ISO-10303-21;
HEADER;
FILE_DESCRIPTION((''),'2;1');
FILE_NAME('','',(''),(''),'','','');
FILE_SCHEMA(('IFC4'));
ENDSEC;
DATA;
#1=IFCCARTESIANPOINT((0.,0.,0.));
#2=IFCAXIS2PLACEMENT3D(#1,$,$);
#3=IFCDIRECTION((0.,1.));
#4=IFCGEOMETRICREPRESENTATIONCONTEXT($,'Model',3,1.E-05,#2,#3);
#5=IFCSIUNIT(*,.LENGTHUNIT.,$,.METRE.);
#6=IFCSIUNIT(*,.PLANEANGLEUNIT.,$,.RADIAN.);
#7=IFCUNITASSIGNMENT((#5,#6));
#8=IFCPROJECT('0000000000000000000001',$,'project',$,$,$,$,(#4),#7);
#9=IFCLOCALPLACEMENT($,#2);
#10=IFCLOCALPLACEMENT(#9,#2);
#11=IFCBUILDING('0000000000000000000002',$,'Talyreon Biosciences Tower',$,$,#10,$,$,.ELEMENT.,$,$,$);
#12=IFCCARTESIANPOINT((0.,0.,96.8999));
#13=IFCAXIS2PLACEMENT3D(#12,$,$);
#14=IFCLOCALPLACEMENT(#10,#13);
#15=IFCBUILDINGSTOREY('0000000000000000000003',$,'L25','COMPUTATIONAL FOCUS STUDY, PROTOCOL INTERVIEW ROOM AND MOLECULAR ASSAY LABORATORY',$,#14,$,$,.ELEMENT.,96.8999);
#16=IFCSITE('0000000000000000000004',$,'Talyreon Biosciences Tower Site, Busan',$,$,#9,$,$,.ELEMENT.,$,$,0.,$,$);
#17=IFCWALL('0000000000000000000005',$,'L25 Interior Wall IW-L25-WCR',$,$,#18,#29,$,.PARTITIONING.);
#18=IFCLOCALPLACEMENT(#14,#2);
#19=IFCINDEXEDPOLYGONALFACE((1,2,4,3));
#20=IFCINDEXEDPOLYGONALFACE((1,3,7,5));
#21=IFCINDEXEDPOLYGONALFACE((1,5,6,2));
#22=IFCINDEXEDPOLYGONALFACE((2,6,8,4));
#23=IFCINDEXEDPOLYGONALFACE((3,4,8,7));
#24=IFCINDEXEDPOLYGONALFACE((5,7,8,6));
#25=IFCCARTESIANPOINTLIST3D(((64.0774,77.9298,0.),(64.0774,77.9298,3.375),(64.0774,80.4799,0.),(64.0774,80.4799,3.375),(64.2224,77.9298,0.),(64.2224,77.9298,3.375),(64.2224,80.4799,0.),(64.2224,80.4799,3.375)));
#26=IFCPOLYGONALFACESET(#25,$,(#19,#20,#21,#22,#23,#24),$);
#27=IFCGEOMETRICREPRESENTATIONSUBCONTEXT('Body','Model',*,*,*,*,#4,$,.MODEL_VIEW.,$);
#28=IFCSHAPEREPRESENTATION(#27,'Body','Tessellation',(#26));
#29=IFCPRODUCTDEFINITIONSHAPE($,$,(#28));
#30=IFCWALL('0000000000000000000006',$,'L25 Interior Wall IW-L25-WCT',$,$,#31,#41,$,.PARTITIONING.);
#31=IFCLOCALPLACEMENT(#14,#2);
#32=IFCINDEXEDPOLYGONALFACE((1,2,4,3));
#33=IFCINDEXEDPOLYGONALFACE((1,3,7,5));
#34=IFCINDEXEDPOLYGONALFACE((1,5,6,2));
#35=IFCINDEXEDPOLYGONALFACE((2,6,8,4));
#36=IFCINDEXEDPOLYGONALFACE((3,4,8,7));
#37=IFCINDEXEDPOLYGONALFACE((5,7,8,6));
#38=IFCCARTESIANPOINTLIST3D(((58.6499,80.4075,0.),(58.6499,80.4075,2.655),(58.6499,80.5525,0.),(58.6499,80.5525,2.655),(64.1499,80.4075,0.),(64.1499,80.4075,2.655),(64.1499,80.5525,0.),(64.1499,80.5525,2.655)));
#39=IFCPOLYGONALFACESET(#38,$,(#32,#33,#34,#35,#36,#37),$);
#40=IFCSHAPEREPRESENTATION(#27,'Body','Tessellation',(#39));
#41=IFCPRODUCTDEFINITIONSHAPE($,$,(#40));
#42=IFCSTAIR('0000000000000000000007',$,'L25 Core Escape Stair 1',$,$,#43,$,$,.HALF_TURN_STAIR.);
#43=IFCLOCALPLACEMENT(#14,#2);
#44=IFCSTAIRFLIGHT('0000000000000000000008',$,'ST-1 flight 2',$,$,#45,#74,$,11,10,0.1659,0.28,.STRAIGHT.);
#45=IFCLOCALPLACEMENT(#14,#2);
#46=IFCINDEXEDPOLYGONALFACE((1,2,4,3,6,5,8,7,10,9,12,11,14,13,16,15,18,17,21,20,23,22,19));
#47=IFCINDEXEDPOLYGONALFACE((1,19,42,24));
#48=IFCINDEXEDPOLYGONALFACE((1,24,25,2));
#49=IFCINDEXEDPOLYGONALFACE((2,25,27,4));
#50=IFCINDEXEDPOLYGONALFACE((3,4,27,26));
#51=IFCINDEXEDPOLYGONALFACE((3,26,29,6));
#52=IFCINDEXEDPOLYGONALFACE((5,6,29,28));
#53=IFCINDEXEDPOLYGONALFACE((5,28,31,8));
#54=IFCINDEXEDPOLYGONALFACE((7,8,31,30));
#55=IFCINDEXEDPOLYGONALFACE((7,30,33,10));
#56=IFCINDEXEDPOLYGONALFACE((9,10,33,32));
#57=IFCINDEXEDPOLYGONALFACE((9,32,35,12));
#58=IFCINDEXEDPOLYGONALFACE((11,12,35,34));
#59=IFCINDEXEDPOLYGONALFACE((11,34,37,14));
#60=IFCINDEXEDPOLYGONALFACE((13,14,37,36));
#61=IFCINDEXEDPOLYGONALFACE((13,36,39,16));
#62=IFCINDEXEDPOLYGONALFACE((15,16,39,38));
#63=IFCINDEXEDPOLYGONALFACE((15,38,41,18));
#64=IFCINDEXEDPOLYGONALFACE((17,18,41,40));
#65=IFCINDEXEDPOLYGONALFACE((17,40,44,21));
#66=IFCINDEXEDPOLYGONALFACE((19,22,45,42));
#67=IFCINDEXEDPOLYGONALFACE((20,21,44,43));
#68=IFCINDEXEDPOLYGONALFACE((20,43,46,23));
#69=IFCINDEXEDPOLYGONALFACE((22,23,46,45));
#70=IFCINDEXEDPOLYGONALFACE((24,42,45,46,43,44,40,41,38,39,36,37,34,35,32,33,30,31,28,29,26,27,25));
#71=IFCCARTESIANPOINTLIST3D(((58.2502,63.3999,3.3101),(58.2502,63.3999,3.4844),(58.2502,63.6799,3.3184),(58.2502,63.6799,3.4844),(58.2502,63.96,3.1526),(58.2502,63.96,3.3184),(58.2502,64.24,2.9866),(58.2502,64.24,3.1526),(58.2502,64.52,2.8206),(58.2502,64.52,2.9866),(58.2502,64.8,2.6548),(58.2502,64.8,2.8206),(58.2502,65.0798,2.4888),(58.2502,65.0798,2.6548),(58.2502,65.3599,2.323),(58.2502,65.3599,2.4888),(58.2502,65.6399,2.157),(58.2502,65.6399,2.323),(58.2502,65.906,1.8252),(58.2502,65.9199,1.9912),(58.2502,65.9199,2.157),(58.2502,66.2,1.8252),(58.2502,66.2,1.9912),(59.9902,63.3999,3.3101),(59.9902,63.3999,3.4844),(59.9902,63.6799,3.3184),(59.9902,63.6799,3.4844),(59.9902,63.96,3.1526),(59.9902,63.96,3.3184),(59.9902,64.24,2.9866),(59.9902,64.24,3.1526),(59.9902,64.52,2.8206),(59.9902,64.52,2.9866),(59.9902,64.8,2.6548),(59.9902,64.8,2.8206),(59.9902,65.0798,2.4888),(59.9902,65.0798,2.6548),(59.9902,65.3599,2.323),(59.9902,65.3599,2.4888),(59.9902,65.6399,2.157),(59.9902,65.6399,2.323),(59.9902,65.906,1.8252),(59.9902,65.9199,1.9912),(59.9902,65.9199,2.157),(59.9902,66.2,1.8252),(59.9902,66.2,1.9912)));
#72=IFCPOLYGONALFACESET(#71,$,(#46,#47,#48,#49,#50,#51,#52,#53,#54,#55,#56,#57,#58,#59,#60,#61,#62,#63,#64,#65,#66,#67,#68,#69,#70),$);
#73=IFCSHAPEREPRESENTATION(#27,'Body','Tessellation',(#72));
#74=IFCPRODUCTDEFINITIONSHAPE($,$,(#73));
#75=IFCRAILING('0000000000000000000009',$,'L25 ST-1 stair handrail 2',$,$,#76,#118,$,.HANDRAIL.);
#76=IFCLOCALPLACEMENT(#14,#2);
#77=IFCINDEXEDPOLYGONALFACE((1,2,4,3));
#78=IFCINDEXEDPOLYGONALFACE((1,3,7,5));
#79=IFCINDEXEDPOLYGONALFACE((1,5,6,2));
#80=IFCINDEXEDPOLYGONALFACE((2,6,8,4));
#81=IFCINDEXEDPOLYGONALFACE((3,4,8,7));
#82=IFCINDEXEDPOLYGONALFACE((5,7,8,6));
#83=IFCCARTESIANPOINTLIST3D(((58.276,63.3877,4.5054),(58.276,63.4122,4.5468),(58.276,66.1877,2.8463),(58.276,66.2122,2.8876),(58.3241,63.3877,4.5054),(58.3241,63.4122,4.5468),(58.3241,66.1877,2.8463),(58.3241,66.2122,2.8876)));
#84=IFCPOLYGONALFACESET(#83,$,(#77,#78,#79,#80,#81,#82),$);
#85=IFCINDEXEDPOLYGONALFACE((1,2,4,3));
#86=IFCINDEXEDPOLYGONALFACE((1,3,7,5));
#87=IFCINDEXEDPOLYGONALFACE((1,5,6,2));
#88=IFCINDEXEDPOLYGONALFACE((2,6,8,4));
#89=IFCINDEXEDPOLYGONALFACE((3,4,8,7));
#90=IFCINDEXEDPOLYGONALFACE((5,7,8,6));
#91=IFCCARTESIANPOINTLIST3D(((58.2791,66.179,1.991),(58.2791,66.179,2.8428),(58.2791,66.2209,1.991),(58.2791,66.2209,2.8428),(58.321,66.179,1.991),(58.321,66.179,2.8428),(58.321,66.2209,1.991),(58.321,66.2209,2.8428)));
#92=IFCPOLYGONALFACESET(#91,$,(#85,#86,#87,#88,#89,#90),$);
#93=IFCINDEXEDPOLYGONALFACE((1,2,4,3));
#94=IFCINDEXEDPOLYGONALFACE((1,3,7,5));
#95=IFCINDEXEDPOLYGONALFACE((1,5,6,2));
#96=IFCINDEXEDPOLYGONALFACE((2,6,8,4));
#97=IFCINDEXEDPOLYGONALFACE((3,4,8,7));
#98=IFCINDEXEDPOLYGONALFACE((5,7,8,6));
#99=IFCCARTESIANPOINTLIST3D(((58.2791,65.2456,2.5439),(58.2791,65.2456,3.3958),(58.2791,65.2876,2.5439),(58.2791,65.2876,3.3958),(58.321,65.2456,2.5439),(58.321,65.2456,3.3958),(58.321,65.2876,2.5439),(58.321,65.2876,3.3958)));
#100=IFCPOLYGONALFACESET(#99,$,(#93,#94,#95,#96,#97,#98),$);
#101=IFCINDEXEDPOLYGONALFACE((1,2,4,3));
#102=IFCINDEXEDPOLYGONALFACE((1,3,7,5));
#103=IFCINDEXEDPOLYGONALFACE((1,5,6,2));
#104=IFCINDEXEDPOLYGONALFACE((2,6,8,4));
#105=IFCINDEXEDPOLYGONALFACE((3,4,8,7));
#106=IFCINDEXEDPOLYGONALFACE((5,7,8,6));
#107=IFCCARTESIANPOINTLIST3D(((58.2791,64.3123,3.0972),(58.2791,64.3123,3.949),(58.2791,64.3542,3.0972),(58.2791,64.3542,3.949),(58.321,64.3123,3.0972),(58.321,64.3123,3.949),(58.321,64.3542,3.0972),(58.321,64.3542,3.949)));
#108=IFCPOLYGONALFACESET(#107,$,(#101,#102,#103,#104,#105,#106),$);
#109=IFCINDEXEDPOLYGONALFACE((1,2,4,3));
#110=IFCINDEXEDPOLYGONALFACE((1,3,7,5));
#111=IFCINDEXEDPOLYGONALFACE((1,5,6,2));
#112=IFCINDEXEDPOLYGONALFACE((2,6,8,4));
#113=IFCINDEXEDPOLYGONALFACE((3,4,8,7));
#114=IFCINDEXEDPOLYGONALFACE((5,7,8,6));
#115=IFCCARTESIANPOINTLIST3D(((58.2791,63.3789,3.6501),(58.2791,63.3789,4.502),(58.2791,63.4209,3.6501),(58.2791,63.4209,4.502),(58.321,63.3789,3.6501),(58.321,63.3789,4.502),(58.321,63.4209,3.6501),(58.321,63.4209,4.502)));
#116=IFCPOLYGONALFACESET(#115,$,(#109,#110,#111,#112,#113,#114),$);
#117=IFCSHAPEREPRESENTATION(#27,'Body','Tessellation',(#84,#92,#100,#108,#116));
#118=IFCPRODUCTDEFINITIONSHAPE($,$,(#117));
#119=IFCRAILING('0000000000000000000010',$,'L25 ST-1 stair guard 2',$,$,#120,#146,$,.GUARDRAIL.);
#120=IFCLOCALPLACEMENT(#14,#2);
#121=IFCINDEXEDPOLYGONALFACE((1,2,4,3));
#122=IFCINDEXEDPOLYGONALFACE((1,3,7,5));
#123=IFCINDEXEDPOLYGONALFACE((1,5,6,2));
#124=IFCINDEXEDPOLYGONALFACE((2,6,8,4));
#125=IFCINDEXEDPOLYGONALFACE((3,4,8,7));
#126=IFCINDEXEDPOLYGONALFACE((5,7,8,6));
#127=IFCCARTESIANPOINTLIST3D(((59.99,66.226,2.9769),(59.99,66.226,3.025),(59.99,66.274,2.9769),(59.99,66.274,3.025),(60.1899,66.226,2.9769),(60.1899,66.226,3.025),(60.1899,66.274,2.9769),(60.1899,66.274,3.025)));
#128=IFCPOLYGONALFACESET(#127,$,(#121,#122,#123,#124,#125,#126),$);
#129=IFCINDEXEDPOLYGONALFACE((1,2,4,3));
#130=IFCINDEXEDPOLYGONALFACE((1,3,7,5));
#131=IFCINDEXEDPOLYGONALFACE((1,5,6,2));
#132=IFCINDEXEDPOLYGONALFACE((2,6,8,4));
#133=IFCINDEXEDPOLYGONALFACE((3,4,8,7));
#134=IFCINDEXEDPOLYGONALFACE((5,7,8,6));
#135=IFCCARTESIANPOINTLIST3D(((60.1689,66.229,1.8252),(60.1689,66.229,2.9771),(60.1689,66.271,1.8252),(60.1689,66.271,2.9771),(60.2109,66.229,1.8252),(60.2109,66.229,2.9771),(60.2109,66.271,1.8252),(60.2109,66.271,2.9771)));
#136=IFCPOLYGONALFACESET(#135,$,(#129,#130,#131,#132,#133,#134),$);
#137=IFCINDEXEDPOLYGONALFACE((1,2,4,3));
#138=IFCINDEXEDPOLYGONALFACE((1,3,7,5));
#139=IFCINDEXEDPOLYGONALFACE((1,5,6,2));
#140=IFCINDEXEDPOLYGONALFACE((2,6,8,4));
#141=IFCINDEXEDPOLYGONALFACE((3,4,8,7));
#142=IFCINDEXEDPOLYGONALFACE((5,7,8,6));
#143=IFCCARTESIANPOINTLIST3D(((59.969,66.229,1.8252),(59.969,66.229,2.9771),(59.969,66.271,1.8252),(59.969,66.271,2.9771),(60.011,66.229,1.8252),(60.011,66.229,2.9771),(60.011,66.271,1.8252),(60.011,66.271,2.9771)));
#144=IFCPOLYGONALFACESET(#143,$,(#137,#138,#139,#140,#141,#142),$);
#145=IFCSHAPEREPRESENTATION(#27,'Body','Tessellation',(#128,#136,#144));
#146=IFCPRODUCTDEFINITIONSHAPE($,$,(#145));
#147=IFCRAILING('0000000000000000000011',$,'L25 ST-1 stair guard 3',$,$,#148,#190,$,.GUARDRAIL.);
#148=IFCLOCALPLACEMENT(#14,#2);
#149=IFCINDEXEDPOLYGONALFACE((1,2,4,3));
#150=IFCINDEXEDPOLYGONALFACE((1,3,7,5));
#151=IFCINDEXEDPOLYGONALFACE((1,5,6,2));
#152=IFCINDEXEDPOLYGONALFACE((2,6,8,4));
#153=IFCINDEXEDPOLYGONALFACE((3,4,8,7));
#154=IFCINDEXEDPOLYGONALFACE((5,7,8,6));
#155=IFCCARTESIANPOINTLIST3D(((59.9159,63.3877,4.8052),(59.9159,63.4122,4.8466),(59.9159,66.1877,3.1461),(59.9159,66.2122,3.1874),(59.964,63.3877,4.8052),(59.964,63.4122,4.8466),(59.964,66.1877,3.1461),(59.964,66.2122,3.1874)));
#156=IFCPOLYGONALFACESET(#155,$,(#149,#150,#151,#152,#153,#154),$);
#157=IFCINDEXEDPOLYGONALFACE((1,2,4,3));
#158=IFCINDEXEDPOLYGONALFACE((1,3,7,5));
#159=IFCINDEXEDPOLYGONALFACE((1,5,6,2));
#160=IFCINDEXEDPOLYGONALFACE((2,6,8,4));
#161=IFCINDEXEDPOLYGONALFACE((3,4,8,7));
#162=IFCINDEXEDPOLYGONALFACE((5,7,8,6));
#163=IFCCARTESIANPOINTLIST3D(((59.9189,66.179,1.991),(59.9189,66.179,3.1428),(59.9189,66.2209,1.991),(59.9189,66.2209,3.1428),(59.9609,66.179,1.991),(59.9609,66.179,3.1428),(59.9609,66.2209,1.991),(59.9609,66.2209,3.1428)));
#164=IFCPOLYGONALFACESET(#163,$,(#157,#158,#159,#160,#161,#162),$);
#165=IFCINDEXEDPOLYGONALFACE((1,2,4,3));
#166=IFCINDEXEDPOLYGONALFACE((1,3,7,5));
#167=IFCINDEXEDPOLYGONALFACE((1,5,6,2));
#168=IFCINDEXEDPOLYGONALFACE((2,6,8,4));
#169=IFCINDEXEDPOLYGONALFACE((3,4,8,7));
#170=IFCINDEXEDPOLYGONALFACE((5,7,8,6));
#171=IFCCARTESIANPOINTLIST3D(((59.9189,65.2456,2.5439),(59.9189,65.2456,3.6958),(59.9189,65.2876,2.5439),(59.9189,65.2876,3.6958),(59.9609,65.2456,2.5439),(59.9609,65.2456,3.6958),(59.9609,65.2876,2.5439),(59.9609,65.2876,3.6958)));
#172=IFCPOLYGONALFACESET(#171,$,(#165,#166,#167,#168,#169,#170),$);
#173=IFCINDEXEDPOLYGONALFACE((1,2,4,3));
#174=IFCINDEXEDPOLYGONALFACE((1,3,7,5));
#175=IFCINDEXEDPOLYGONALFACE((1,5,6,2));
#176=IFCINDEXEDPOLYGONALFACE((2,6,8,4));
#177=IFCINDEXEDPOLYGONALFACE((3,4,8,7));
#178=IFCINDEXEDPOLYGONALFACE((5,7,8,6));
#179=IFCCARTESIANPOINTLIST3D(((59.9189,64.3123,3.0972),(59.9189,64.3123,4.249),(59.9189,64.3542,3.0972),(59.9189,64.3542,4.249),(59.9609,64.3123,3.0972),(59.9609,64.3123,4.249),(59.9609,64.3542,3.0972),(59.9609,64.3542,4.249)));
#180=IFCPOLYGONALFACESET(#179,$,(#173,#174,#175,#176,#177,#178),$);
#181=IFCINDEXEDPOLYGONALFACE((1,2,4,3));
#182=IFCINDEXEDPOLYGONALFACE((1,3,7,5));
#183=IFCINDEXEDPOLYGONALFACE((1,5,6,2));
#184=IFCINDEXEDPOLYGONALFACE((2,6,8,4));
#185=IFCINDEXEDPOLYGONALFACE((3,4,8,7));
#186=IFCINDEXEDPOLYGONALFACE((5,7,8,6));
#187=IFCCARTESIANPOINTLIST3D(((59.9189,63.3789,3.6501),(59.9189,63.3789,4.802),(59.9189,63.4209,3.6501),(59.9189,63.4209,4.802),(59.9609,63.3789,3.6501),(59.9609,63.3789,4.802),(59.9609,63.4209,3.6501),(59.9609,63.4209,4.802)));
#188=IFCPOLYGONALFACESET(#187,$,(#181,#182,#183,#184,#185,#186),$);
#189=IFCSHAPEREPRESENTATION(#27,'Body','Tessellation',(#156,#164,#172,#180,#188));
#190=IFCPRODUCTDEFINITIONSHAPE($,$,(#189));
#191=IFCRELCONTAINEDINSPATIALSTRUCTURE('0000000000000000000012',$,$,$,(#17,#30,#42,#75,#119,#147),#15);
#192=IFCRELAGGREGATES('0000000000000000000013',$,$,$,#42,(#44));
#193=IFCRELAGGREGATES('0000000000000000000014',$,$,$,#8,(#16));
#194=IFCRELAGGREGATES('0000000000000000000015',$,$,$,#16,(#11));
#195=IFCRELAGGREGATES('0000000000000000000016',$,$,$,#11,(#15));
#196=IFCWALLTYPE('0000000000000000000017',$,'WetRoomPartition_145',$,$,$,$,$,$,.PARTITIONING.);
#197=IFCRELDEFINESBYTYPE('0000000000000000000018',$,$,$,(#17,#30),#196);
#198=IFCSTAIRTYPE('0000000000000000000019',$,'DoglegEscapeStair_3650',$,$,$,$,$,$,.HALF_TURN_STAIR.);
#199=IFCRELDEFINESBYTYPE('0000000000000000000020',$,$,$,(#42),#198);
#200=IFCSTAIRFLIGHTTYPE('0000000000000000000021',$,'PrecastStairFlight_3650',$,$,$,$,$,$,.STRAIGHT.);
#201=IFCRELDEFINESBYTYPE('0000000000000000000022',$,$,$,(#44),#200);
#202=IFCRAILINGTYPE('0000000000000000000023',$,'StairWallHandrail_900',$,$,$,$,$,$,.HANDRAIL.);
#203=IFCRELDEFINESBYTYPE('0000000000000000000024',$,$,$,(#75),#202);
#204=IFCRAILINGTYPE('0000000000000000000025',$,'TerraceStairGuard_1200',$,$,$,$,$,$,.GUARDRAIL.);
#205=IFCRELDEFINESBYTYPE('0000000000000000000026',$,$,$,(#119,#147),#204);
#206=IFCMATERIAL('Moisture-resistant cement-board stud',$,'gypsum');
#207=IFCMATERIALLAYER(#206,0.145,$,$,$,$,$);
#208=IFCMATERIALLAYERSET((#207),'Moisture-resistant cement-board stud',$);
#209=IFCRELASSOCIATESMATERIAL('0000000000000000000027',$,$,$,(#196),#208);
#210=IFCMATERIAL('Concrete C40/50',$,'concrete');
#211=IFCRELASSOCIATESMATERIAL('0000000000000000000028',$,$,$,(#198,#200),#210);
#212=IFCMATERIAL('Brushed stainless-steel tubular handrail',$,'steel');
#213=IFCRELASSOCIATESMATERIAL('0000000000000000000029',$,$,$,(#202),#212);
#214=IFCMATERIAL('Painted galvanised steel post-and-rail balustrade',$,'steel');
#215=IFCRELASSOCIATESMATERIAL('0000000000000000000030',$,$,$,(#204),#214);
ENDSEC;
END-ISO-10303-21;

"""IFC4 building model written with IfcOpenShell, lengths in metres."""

from ifc_helpers import new_model, si_unit, direction, frame, frame_2d, origin, origin_2d, place, context, subcontext, project, spatial, polyline, rectangle, outline, extrude, material, layer, layer_set, type_object, element, aggregate, save


model = new_model("IFC4")

# Units and contexts
model_context = context("Model", 3, precision=1e-05, world=origin(), true_north=direction((0.0, 1.0)))
body_context = subcontext(model_context, "Body", "Model", "MODEL_VIEW")
ifc_project = project(units=[si_unit("LENGTHUNIT", "METRE"), si_unit("PLANEANGLEUNIT", "RADIAN")], contexts=[model_context])

# Site, building, storey
site_placement = place(None, origin())
site = spatial("IfcSite", under=ifc_project, at=site_placement, Name="Talyreon Biosciences Tower Site, Busan", CompositionType="ELEMENT", RefElevation=0.0)
building_placement = place(site_placement, origin())
building = spatial("IfcBuilding", under=site, at=building_placement, Name="Talyreon Biosciences Tower", CompositionType="ELEMENT")
storey_placement = place(building_placement, frame((0.0, 0.0, 96.8999)))
storey = spatial("IfcBuildingStorey", under=building, at=storey_placement, Name="L25", Description="COMPUTATIONAL FOCUS STUDY, PROTOCOL INTERVIEW ROOM AND MOLECULAR ASSAY LABORATORY", CompositionType="ELEMENT", Elevation=96.8999)

# Walls
ifc_material_1 = material(Name="Moisture-resistant cement-board stud", Category="gypsum")
ifc_layer_1 = layer(ifc_material_1, 0.145)
ifc_layer_set_1 = layer_set([ifc_layer_1], Name="Moisture-resistant cement-board stud")
wall_type_1 = type_object("IfcWallType", Name="WetRoomPartition_145", PredefinedType="PARTITIONING", material=ifc_layer_set_1)
for number, where, z_axis, x_axis, name in (
    (1, (64.1499, 77.9299, 0.0), (0.0, 0.0, 1.0), (0.0, 1.0, 0.0), "L25 Interior Wall IW-L25-WCR"),
):
    element("IfcWall", number, at=place(storey_placement, frame(where, z_axis=z_axis, x_axis=x_axis)), inside=storey, type_object=wall_type_1, Name=name, PredefinedType="PARTITIONING", context=body_context, shape_type="SweptSolid", body=[
        extrude(rectangle(XDim=2.55, YDim=0.145, at=frame_2d((1.2749, 0.0))), origin(), (0.0, 0.0, 1.0), 3.375),
    ])
wall_1_placement = place(storey_placement, frame((58.6499, 80.48, 0.0), z_axis=(0.0, 0.0, 1.0), x_axis=(1.0, 0.0, 0.0)))
element("IfcWall", 2, at=wall_1_placement, inside=storey, type_object=wall_type_1, Name="L25 Interior Wall IW-L25-WCT", PredefinedType="PARTITIONING", context=body_context, shape_type="SweptSolid", body=[
    extrude(rectangle(XDim=5.5, YDim=0.145, at=frame_2d((2.75, 0.0))), origin(), (0.0, 0.0, 1.0), 2.655),
])

# Stair, stair flight
ifc_material_2 = material(Name="Concrete C40/50", Category="concrete")
stair_type = type_object("IfcStairType", Name="DoglegEscapeStair_3650", PredefinedType="HALF_TURN_STAIR", material=ifc_material_2)
stair_placement = place(storey_placement, origin())
stair = element("IfcStair", 3, at=stair_placement, inside=storey, type_object=stair_type, Name="L25 Core Escape Stair 1", PredefinedType="HALF_TURN_STAIR")
stair_flight_type = type_object("IfcStairFlightType", Name="PrecastStairFlight_3650", PredefinedType="STRAIGHT", material=ifc_material_2)
stair_flight_placement = place(storey_placement, frame((59.1201, 66.2, 1.8252), z_axis=(0.0, 0.0, 1.0), x_axis=(0.0, -1.0, 0.0)))
stair_flight = element("IfcStairFlight", 4, at=stair_flight_placement, type_object=stair_flight_type, Name="ST-1 flight 2", NumberOfRisers=11, NumberOfTreads=10, PredefinedType="STRAIGHT", RiserHeight=0.1659, TreadLength=0.28, context=body_context, shape_type="SweptSolid", body=[
    extrude(outline(polyline([(0.0, 0.0), (0.0, 0.166), (0.28, 0.166), (0.28, 0.3318), (0.5601, 0.3318), (0.5601, 0.4978), (0.8401, 0.4978), (0.8401, 0.6636), (1.1201, 0.6636), (1.1201, 0.8296), (1.3999, 0.8296), (1.3999, 0.9954), (1.6799, 0.9954), (1.6799, 1.1614), (1.96, 1.1614), (1.96, 1.3274), (2.24, 1.3274), (2.24, 1.4932), (2.52, 1.4932), (2.52, 1.6592), (2.8, 1.6592), (2.8, 1.825), (2.8, 1.4849), (0.2939, 0.0), (0.0, 0.0)])), frame((0.0, 0.8701, 0.0), z_axis=(0.0, -1.0, 0.0), x_axis=(1.0, 0.0, 0.0)), (0.0, 0.0, 1.0), 1.74),
])
aggregate(stair, [stair_flight])

# Railings
ifc_material_3 = material(Name="Brushed stainless-steel tubular handrail", Category="steel")
railing_type_1 = type_object("IfcRailingType", Name="StairWallHandrail_900", PredefinedType="HANDRAIL", material=ifc_material_3)
railing_1_placement = place(storey_placement, frame((58.3, 66.2, 1.991)))
element("IfcRailing", 5, at=railing_1_placement, inside=storey, type_object=railing_type_1, Name="L25 ST-1 stair handrail 2", PredefinedType="HANDRAIL", context=body_context, shape_type="SweptSolid", body=[
    extrude(rectangle(XDim=0.0481, YDim=0.0481, at=origin_2d()), frame((0.0, 0.0, 0.876), z_axis=(0.0, -0.860306, 0.509778), x_axis=(1.0, 0.0, 0.0)), (0.0, 0.0, 1.0), 3.2546),
    extrude(rectangle(XDim=0.042, YDim=0.042, at=origin_2d()), origin(), (0.0, 0.0, 1.0), 0.8518),
    extrude(rectangle(XDim=0.042, YDim=0.042, at=origin_2d()), frame((0.0, -0.9333, 0.553)), (0.0, 0.0, 1.0), 0.8518),
    extrude(rectangle(XDim=0.042, YDim=0.042, at=origin_2d()), frame((0.0, -1.8667, 1.1062)), (0.0, 0.0, 1.0), 0.8518),
    extrude(rectangle(XDim=0.042, YDim=0.042, at=origin_2d()), frame((0.0, -2.8, 1.6592)), (0.0, 0.0, 1.0), 0.8518),
])
ifc_material_4 = material(Name="Painted galvanised steel post-and-rail balustrade", Category="steel")
railing_type_2 = type_object("IfcRailingType", Name="TerraceStairGuard_1200", PredefinedType="GUARDRAIL", material=ifc_material_4)
railing_2_placement = place(storey_placement, frame((60.1899, 66.25, 1.8252)))
element("IfcRailing", 6, at=railing_2_placement, inside=storey, type_object=railing_type_2, Name="L25 ST-1 stair guard 2", PredefinedType="GUARDRAIL", context=body_context, shape_type="SweptSolid", body=[
    extrude(rectangle(XDim=0.0481, YDim=0.0481, at=origin_2d()), frame((0.0, 0.0, 1.1758), z_axis=(-1.0, 0.0, 0.0), x_axis=(0.0, -1.0, 0.0)), (0.0, 0.0, 1.0), 0.2),
    extrude(rectangle(XDim=0.042, YDim=0.042, at=origin_2d()), origin(), (0.0, 0.0, 1.0), 1.1519),
    extrude(rectangle(XDim=0.042, YDim=0.042, at=origin_2d()), frame((-0.2, 0.0, 0.0)), (0.0, 0.0, 1.0), 1.1519),
])
railing_3_placement = place(storey_placement, frame((59.9399, 66.2, 1.991)))
element("IfcRailing", 7, at=railing_3_placement, inside=storey, type_object=railing_type_2, Name="L25 ST-1 stair guard 3", PredefinedType="GUARDRAIL", context=body_context, shape_type="SweptSolid", body=[
    extrude(rectangle(XDim=0.0481, YDim=0.0481, at=origin_2d()), frame((0.0, 0.0, 1.1758), z_axis=(0.0, -0.860306, 0.509778), x_axis=(1.0, 0.0, 0.0)), (0.0, 0.0, 1.0), 3.2546),
    extrude(rectangle(XDim=0.042, YDim=0.042, at=origin_2d()), origin(), (0.0, 0.0, 1.0), 1.1519),
    extrude(rectangle(XDim=0.042, YDim=0.042, at=origin_2d()), frame((0.0, -0.9333, 0.553)), (0.0, 0.0, 1.0), 1.1519),
    extrude(rectangle(XDim=0.042, YDim=0.042, at=origin_2d()), frame((0.0, -1.8667, 1.1062)), (0.0, 0.0, 1.0), 1.1519),
    extrude(rectangle(XDim=0.042, YDim=0.042, at=origin_2d()), frame((0.0, -2.8, 1.6592)), (0.0, 0.0, 1.0), 1.1519),
])

save(model, "model.ifc")
